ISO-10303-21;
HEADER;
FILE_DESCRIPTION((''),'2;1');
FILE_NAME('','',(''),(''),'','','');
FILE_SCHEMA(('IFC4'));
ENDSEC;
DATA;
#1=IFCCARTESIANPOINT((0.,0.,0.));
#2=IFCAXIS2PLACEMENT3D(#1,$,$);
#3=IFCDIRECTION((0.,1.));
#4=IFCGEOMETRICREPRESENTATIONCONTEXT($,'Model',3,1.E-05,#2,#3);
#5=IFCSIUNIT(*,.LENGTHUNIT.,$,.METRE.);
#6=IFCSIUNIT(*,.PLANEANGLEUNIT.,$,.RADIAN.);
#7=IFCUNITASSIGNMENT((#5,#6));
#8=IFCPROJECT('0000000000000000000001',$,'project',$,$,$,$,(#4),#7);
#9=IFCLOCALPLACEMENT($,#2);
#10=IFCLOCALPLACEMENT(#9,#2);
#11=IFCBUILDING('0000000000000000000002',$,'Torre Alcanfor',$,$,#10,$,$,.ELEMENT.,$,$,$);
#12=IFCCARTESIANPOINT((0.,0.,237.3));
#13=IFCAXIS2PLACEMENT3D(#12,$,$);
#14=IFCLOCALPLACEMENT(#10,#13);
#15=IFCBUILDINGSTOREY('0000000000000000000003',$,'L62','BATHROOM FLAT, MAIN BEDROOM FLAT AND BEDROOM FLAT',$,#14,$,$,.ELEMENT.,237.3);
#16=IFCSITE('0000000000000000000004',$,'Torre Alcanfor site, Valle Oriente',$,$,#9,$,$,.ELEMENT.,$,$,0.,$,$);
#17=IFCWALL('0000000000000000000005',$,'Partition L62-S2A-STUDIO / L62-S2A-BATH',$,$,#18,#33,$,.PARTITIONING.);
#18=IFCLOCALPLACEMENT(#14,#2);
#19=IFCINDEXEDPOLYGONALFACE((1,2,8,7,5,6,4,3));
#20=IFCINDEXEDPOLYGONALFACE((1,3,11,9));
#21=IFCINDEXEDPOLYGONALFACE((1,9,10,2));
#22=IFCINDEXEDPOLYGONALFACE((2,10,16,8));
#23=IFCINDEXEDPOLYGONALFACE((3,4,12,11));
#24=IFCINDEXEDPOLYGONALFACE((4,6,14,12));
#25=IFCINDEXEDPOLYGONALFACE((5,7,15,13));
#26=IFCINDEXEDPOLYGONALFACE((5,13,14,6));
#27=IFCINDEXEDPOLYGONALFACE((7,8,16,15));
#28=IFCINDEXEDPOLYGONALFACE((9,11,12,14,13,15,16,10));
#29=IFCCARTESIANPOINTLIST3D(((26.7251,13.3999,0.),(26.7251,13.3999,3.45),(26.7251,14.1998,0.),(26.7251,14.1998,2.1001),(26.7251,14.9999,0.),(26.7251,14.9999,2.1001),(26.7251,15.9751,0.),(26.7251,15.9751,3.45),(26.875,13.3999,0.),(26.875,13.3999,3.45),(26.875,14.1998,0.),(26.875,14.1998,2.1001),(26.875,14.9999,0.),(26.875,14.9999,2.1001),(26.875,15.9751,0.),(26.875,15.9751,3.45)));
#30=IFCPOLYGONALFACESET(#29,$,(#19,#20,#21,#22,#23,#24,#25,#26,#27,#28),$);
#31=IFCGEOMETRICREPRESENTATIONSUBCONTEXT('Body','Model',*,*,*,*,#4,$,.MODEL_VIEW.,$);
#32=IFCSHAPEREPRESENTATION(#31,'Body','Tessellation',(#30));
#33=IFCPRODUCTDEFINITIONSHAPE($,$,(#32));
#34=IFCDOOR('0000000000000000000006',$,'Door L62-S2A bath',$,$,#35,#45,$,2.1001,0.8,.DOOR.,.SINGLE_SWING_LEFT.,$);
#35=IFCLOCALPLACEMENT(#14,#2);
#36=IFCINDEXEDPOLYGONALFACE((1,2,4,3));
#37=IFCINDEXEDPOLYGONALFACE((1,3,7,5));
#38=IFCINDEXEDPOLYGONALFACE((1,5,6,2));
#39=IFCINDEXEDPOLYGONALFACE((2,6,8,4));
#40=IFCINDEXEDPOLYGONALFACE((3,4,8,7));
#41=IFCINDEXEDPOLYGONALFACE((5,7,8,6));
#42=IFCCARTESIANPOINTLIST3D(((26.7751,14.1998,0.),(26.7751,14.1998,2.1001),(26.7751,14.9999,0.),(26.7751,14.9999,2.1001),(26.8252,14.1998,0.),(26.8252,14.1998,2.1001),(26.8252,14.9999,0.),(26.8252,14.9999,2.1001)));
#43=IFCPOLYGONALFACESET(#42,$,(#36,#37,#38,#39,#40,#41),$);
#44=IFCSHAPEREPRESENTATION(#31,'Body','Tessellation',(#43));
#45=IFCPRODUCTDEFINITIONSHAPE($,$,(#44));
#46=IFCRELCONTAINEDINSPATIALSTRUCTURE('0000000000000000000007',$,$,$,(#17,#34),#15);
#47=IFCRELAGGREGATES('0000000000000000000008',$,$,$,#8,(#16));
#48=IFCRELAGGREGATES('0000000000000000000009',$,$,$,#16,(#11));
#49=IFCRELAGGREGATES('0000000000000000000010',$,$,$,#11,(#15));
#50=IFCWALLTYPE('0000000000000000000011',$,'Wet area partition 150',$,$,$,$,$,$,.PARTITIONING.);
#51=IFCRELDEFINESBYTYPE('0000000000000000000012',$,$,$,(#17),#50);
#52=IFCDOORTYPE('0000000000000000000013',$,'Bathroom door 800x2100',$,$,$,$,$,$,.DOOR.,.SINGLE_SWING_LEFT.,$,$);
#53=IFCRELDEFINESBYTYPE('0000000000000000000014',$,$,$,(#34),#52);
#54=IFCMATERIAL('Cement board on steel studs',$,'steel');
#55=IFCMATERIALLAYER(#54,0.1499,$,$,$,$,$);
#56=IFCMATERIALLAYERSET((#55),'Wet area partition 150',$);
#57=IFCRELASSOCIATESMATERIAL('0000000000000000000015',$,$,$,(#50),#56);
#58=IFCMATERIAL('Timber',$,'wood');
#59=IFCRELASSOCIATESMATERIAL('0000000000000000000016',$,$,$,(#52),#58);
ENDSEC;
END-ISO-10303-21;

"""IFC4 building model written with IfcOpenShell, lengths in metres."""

from ifc_helpers import new_model, si_unit, direction, frame, frame_2d, origin, place, context, subcontext, project, spatial, rectangle, extrude, material, layer, layer_set, type_object, element, fill, save


model = new_model("IFC4")

# Units and contexts
model_context = context("Model", 3, precision=1e-05, world=origin(), true_north=direction((0.0, 1.0)))
body_context = subcontext(model_context, "Body", "Model", "MODEL_VIEW")
ifc_project = project(units=[si_unit("LENGTHUNIT", "METRE"), si_unit("PLANEANGLEUNIT", "RADIAN")], contexts=[model_context])

# Site, building, storey
site_placement = place(None, origin())
site = spatial("IfcSite", under=ifc_project, at=site_placement, Name="Torre Alcanfor site, Valle Oriente", CompositionType="ELEMENT", RefElevation=0.0)
building_placement = place(site_placement, origin())
building = spatial("IfcBuilding", under=site, at=building_placement, Name="Torre Alcanfor", CompositionType="ELEMENT")
storey_placement = place(building_placement, frame((0.0, 0.0, 237.3)))
storey = spatial("IfcBuildingStorey", under=building, at=storey_placement, Name="L62", Description="BATHROOM FLAT, MAIN BEDROOM FLAT AND BEDROOM FLAT", CompositionType="ELEMENT", Elevation=237.3)

# Shared definitions
ifc_material_1 = material(Name="Cement board on steel studs", Category="steel")
ifc_layer_1 = layer(ifc_material_1, 0.1499)
ifc_layer_set_1 = layer_set([ifc_layer_1], Name="Wet area partition 150")
wall_type_1 = type_object("IfcWallType", Name="Wet area partition 150", PredefinedType="PARTITIONING", material=ifc_layer_set_1)

# Wall, opening, door
wall_1_placement = place(storey_placement, frame((26.8, 13.3999, 0.0), z_axis=(0.0, 0.0, 1.0), x_axis=(0.0, 1.0, 0.0)))
wall_1 = element("IfcWall", 1, at=wall_1_placement, inside=storey, type_object=wall_type_1, Name="Partition L62-S2A-STUDIO / L62-S2A-BATH", PredefinedType="PARTITIONING", context=body_context, shape_type="SweptSolid", body=[
    extrude(rectangle(XDim=2.5752, YDim=0.1499, at=frame_2d((1.2876, 0.0))), origin(), (0.0, 0.0, 1.0), 3.45),
])
opening_1_placement = place(wall_1_placement, frame((0.8, 0.0, 0.0)))
opening_1 = element("IfcOpeningElement", 2, at=opening_1_placement, cuts=wall_1, PredefinedType="OPENING", context=body_context, shape_type="SweptSolid", body=[
    extrude(rectangle(XDim=0.8, YDim=2.1001, at=frame_2d((0.3999, 1.05))), frame((0.0, 0.085, 0.0), z_axis=(0.0, -1.0, 0.0), x_axis=(1.0, 0.0, 0.0)), (0.0, 0.0, 1.0), 0.1699),
])
ifc_material_2 = material(Name="Timber", Category="wood")
door_type_1 = type_object("IfcDoorType", Name="Bathroom door 800x2100", OperationType="SINGLE_SWING_LEFT", PredefinedType="DOOR", material=ifc_material_2)
door_1_placement = place(opening_1_placement, origin())
door_1 = element("IfcDoor", 3, at=door_1_placement, inside=storey, type_object=door_type_1, Name="Door L62-S2A bath", OperationType="SINGLE_SWING_LEFT", OverallHeight=2.1001, OverallWidth=0.8, PredefinedType="DOOR", context=body_context, shape_type="SweptSolid", body=[
    extrude(rectangle(XDim=0.8, YDim=2.1001, at=frame_2d((0.3999, 1.05))), frame((0.0, 0.0249, 0.0), z_axis=(0.0, -1.0, 0.0), x_axis=(1.0, 0.0, 0.0)), (0.0, 0.0, 1.0), 0.05),
])
fill(opening_1, door_1)

save(model, "model.ifc")
